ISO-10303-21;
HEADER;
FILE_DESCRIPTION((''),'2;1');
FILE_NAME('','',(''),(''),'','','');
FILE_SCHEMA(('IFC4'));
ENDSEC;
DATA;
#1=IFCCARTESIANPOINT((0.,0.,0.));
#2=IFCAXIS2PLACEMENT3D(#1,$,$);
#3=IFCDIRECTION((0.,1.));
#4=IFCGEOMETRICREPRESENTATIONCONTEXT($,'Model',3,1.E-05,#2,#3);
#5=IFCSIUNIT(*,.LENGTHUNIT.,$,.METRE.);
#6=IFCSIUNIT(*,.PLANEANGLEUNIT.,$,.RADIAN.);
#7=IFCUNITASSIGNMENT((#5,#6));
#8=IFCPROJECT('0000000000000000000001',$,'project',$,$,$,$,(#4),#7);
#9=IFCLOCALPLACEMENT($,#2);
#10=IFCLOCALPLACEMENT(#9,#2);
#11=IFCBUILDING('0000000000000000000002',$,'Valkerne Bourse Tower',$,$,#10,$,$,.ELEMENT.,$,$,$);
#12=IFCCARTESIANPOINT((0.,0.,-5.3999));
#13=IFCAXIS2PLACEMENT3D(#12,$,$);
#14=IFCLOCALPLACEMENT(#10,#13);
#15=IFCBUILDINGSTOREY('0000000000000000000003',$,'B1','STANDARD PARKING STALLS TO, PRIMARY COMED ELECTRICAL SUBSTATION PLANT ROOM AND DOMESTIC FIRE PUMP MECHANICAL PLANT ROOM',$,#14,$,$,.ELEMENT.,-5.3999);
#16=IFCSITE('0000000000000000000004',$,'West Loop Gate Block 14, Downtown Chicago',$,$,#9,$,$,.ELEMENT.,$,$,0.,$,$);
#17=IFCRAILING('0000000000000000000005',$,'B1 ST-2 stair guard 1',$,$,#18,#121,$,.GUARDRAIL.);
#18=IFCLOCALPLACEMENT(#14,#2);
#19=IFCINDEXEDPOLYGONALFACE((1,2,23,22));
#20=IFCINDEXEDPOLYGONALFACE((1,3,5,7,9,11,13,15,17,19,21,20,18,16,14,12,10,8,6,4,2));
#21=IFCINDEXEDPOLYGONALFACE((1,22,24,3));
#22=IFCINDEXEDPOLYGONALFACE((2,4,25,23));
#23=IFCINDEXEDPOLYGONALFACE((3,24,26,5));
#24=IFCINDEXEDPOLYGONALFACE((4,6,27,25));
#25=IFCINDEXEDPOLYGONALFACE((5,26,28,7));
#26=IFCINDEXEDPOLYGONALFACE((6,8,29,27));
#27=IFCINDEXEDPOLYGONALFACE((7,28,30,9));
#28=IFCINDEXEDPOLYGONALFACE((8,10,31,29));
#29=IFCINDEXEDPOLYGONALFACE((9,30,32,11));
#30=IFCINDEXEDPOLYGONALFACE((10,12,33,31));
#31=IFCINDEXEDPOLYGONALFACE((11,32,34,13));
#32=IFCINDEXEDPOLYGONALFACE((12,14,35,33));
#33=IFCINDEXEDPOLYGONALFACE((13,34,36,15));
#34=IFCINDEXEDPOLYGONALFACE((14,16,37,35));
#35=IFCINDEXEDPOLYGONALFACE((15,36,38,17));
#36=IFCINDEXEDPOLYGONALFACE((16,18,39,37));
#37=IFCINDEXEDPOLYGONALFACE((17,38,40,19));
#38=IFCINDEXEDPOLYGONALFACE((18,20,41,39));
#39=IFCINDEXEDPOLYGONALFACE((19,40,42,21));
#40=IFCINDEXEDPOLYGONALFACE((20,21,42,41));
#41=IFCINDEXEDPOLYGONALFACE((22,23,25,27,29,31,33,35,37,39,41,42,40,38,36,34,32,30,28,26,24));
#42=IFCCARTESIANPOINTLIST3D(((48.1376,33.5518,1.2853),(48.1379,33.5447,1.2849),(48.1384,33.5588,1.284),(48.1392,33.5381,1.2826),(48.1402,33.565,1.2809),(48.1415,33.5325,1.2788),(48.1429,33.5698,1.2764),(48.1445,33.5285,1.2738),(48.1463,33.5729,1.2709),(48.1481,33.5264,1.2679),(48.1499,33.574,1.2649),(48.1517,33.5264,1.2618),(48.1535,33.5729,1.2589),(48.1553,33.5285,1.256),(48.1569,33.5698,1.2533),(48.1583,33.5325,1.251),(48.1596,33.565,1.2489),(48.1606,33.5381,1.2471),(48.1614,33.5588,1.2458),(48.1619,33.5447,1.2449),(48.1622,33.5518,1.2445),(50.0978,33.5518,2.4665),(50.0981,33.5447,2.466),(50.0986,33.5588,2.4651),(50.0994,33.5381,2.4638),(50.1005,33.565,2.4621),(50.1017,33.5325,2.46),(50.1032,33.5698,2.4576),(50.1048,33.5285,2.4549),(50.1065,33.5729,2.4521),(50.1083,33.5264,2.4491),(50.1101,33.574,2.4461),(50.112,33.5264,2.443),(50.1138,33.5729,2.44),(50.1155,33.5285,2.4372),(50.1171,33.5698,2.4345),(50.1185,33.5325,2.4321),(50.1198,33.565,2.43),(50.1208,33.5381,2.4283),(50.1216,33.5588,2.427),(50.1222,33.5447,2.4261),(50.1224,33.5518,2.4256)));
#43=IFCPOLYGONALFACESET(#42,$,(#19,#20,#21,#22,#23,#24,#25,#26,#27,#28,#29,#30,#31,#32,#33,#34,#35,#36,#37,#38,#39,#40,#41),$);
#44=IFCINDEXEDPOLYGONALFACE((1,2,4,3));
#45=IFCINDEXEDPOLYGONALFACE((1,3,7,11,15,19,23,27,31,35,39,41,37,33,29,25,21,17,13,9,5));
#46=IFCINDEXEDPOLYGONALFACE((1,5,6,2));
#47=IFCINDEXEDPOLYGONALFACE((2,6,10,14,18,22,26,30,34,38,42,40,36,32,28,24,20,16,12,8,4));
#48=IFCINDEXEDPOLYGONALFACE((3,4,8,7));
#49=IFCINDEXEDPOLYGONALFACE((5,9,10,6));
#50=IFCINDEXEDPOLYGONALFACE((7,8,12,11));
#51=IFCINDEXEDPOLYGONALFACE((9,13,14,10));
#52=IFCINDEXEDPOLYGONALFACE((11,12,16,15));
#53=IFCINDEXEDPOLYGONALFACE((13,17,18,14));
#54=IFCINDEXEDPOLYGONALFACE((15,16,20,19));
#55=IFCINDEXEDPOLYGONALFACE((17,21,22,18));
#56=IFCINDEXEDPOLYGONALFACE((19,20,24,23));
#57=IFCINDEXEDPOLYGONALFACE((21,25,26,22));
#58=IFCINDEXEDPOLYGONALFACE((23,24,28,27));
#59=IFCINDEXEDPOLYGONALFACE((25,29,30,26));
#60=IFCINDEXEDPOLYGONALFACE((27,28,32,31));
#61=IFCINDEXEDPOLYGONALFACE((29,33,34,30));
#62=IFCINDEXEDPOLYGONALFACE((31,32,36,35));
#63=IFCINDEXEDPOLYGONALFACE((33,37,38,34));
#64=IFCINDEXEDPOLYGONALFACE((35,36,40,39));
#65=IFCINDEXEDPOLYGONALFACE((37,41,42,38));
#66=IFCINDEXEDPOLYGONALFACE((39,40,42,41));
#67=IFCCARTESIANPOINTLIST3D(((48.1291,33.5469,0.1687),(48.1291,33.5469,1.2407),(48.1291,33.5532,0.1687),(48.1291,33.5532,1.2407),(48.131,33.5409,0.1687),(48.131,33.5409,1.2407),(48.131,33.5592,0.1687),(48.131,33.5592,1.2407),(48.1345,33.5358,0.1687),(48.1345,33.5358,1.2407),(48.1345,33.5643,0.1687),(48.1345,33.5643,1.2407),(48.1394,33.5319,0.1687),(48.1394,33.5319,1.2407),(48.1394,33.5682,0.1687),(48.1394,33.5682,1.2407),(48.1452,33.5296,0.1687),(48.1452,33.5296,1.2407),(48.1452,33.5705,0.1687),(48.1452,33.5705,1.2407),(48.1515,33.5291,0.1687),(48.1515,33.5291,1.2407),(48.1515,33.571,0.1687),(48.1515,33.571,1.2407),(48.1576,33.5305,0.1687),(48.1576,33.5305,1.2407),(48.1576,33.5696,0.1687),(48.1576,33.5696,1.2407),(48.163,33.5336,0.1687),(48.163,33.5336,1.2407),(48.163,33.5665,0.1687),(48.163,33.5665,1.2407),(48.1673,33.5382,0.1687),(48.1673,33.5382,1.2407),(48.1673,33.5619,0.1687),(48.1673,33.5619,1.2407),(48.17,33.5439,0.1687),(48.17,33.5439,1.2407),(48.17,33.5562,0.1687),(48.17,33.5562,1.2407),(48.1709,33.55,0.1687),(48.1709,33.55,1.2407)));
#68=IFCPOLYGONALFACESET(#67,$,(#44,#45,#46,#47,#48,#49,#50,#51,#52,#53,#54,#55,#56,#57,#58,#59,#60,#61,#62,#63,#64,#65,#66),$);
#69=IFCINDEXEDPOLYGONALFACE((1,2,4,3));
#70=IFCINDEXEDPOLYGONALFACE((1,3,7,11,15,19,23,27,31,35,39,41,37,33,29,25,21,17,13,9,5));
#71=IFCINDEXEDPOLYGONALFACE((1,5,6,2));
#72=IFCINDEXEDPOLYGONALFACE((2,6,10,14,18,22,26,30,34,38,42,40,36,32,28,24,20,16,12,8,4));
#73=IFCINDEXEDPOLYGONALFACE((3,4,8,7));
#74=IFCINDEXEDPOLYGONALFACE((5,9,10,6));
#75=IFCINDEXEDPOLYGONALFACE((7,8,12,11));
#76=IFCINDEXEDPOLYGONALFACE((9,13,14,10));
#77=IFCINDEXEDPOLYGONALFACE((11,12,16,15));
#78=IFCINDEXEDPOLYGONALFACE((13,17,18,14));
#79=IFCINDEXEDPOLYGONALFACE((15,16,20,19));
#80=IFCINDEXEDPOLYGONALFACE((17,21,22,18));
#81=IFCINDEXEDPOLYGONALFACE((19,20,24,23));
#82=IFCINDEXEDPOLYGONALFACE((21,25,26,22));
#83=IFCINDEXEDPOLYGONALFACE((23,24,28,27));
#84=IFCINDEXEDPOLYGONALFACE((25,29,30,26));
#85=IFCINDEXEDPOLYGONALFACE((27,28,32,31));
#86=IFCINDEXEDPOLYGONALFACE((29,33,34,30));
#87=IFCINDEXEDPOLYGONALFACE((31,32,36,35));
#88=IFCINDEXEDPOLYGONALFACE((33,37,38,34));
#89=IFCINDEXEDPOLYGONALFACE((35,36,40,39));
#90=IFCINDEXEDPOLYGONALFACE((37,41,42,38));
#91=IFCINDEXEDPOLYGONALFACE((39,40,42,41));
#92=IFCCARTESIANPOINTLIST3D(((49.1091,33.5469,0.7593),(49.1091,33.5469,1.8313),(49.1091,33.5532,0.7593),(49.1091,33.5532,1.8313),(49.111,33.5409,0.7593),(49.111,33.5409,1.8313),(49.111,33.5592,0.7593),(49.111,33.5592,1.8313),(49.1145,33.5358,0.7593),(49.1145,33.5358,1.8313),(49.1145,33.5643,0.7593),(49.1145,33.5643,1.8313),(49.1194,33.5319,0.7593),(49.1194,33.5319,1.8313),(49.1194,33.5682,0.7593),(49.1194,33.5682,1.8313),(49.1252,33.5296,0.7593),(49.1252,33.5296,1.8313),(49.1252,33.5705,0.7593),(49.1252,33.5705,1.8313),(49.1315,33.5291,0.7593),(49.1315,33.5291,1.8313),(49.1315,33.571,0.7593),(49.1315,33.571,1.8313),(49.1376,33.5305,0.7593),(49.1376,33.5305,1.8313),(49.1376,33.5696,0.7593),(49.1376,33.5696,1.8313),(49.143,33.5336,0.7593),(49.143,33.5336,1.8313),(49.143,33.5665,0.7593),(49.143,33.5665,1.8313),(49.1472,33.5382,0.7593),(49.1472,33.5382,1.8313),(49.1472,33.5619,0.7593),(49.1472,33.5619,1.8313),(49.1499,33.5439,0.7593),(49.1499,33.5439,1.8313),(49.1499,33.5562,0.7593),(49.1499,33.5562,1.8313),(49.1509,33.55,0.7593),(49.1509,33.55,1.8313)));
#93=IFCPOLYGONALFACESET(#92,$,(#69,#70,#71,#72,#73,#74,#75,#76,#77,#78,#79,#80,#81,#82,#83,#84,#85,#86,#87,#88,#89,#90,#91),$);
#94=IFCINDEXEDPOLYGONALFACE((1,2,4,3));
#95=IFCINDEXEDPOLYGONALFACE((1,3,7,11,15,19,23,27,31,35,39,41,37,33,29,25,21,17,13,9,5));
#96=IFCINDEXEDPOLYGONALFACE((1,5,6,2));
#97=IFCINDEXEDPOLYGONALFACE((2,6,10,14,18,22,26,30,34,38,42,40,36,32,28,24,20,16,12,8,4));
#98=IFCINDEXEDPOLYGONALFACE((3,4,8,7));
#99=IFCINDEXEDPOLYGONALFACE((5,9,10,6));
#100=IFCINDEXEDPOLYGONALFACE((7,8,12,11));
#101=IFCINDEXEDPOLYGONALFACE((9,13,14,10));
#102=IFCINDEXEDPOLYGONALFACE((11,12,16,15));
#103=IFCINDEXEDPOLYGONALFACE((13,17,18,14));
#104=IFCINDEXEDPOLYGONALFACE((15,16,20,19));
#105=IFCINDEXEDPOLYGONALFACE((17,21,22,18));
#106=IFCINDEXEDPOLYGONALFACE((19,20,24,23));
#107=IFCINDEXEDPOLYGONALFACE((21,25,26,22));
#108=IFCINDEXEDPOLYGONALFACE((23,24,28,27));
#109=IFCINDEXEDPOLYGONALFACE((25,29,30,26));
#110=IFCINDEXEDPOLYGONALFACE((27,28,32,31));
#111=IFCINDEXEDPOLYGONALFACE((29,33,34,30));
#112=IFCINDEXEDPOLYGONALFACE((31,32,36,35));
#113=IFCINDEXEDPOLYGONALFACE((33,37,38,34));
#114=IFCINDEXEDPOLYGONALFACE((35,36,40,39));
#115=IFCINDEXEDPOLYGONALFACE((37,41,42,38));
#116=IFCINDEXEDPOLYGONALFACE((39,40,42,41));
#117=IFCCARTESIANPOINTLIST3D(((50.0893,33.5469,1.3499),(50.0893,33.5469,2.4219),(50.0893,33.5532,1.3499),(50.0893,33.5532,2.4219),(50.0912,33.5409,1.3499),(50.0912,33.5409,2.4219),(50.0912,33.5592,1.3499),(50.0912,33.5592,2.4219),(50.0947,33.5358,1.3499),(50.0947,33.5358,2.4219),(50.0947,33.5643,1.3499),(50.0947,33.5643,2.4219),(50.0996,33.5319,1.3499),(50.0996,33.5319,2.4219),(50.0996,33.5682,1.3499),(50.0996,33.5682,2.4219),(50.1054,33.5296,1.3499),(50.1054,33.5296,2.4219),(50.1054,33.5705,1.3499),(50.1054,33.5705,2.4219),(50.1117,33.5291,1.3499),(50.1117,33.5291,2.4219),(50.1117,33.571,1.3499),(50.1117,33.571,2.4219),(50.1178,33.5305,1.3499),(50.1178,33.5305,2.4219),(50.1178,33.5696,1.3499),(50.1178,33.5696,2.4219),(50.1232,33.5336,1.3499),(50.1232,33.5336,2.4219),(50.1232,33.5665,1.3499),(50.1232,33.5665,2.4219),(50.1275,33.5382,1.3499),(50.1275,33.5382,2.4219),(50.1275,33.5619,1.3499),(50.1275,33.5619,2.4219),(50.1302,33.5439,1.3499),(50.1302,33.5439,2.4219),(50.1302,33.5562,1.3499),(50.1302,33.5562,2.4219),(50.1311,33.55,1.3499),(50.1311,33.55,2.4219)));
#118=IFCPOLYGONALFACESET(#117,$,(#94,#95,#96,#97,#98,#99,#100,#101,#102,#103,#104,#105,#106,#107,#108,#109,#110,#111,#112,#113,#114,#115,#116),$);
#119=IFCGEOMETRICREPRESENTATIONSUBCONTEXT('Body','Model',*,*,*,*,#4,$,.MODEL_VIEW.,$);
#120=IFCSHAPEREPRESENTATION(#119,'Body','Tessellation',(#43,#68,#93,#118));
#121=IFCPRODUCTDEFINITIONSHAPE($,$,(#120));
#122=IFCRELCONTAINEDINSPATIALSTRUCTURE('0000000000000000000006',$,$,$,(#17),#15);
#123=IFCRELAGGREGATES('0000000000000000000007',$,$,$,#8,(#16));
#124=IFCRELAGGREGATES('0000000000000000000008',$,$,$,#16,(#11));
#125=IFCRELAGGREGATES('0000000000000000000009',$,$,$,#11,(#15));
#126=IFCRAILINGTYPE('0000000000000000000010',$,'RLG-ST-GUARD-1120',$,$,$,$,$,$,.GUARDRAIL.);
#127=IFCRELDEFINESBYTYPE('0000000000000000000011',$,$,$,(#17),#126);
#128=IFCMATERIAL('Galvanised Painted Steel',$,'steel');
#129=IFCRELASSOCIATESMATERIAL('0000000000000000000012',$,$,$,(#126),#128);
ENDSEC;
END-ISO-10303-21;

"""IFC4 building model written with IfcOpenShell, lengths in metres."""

from ifc_helpers import new_model, si_unit, direction, frame, origin, origin_2d, place, context, subcontext, project, spatial, circle, extrude, material, type_object, element, save


model = new_model("IFC4")

# Units and contexts
model_context = context("Model", 3, precision=1e-05, world=origin(), true_north=direction((0.0, 1.0)))
body_context = subcontext(model_context, "Body", "Model", "MODEL_VIEW")
ifc_project = project(units=[si_unit("LENGTHUNIT", "METRE"), si_unit("PLANEANGLEUNIT", "RADIAN")], contexts=[model_context])

# Site, building, storey
site_placement = place(None, origin())
site = spatial("IfcSite", under=ifc_project, at=site_placement, Name="West Loop Gate Block 14, Downtown Chicago", CompositionType="ELEMENT", RefElevation=0.0)
building_placement = place(site_placement, origin())
building = spatial("IfcBuilding", under=site, at=building_placement, Name="Valkerne Bourse Tower", CompositionType="ELEMENT")
storey_placement = place(building_placement, frame((0.0, 0.0, -5.3999)))
storey = spatial("IfcBuildingStorey", under=building, at=storey_placement, Name="B1", Description="STANDARD PARKING STALLS TO, PRIMARY COMED ELECTRICAL SUBSTATION PLANT ROOM AND DOMESTIC FIRE PUMP MECHANICAL PLANT ROOM", CompositionType="ELEMENT", Elevation=-5.3999)

# Shared definitions
ifc_material_1 = material(Name="Galvanised Painted Steel", Category="steel")

# Railing
railing_type_1 = type_object("IfcRailingType", Name="RLG-ST-GUARD-1120", PredefinedType="GUARDRAIL", material=ifc_material_1)
railing_1_placement = place(storey_placement, frame((48.1499, 33.55, 0.1687)))
element("IfcRailing", 1, at=railing_1_placement, inside=storey, type_object=railing_type_1, Name="B1 ST-2 stair guard 1", PredefinedType="GUARDRAIL", context=body_context, shape_type="SweptSolid", body=[
    extrude(circle(Radius=0.0239, at=origin_2d()), frame((0.0, 0.0, 1.0962), z_axis=(0.856522, 0.0, 0.516111), x_axis=(0.0, 1.0, 0.0)), (0.0, 0.0, 1.0), 2.2886),
    extrude(circle(Radius=0.021, at=origin_2d()), origin(), (0.0, 0.0, 1.0), 1.072),
    extrude(circle(Radius=0.021, at=origin_2d()), frame((0.98, 0.0, 0.5906)), (0.0, 0.0, 1.0), 1.072),
    extrude(circle(Radius=0.021, at=origin_2d()), frame((1.9602, 0.0, 1.1812)), (0.0, 0.0, 1.0), 1.072),
])

save(model, "model.ifc")
